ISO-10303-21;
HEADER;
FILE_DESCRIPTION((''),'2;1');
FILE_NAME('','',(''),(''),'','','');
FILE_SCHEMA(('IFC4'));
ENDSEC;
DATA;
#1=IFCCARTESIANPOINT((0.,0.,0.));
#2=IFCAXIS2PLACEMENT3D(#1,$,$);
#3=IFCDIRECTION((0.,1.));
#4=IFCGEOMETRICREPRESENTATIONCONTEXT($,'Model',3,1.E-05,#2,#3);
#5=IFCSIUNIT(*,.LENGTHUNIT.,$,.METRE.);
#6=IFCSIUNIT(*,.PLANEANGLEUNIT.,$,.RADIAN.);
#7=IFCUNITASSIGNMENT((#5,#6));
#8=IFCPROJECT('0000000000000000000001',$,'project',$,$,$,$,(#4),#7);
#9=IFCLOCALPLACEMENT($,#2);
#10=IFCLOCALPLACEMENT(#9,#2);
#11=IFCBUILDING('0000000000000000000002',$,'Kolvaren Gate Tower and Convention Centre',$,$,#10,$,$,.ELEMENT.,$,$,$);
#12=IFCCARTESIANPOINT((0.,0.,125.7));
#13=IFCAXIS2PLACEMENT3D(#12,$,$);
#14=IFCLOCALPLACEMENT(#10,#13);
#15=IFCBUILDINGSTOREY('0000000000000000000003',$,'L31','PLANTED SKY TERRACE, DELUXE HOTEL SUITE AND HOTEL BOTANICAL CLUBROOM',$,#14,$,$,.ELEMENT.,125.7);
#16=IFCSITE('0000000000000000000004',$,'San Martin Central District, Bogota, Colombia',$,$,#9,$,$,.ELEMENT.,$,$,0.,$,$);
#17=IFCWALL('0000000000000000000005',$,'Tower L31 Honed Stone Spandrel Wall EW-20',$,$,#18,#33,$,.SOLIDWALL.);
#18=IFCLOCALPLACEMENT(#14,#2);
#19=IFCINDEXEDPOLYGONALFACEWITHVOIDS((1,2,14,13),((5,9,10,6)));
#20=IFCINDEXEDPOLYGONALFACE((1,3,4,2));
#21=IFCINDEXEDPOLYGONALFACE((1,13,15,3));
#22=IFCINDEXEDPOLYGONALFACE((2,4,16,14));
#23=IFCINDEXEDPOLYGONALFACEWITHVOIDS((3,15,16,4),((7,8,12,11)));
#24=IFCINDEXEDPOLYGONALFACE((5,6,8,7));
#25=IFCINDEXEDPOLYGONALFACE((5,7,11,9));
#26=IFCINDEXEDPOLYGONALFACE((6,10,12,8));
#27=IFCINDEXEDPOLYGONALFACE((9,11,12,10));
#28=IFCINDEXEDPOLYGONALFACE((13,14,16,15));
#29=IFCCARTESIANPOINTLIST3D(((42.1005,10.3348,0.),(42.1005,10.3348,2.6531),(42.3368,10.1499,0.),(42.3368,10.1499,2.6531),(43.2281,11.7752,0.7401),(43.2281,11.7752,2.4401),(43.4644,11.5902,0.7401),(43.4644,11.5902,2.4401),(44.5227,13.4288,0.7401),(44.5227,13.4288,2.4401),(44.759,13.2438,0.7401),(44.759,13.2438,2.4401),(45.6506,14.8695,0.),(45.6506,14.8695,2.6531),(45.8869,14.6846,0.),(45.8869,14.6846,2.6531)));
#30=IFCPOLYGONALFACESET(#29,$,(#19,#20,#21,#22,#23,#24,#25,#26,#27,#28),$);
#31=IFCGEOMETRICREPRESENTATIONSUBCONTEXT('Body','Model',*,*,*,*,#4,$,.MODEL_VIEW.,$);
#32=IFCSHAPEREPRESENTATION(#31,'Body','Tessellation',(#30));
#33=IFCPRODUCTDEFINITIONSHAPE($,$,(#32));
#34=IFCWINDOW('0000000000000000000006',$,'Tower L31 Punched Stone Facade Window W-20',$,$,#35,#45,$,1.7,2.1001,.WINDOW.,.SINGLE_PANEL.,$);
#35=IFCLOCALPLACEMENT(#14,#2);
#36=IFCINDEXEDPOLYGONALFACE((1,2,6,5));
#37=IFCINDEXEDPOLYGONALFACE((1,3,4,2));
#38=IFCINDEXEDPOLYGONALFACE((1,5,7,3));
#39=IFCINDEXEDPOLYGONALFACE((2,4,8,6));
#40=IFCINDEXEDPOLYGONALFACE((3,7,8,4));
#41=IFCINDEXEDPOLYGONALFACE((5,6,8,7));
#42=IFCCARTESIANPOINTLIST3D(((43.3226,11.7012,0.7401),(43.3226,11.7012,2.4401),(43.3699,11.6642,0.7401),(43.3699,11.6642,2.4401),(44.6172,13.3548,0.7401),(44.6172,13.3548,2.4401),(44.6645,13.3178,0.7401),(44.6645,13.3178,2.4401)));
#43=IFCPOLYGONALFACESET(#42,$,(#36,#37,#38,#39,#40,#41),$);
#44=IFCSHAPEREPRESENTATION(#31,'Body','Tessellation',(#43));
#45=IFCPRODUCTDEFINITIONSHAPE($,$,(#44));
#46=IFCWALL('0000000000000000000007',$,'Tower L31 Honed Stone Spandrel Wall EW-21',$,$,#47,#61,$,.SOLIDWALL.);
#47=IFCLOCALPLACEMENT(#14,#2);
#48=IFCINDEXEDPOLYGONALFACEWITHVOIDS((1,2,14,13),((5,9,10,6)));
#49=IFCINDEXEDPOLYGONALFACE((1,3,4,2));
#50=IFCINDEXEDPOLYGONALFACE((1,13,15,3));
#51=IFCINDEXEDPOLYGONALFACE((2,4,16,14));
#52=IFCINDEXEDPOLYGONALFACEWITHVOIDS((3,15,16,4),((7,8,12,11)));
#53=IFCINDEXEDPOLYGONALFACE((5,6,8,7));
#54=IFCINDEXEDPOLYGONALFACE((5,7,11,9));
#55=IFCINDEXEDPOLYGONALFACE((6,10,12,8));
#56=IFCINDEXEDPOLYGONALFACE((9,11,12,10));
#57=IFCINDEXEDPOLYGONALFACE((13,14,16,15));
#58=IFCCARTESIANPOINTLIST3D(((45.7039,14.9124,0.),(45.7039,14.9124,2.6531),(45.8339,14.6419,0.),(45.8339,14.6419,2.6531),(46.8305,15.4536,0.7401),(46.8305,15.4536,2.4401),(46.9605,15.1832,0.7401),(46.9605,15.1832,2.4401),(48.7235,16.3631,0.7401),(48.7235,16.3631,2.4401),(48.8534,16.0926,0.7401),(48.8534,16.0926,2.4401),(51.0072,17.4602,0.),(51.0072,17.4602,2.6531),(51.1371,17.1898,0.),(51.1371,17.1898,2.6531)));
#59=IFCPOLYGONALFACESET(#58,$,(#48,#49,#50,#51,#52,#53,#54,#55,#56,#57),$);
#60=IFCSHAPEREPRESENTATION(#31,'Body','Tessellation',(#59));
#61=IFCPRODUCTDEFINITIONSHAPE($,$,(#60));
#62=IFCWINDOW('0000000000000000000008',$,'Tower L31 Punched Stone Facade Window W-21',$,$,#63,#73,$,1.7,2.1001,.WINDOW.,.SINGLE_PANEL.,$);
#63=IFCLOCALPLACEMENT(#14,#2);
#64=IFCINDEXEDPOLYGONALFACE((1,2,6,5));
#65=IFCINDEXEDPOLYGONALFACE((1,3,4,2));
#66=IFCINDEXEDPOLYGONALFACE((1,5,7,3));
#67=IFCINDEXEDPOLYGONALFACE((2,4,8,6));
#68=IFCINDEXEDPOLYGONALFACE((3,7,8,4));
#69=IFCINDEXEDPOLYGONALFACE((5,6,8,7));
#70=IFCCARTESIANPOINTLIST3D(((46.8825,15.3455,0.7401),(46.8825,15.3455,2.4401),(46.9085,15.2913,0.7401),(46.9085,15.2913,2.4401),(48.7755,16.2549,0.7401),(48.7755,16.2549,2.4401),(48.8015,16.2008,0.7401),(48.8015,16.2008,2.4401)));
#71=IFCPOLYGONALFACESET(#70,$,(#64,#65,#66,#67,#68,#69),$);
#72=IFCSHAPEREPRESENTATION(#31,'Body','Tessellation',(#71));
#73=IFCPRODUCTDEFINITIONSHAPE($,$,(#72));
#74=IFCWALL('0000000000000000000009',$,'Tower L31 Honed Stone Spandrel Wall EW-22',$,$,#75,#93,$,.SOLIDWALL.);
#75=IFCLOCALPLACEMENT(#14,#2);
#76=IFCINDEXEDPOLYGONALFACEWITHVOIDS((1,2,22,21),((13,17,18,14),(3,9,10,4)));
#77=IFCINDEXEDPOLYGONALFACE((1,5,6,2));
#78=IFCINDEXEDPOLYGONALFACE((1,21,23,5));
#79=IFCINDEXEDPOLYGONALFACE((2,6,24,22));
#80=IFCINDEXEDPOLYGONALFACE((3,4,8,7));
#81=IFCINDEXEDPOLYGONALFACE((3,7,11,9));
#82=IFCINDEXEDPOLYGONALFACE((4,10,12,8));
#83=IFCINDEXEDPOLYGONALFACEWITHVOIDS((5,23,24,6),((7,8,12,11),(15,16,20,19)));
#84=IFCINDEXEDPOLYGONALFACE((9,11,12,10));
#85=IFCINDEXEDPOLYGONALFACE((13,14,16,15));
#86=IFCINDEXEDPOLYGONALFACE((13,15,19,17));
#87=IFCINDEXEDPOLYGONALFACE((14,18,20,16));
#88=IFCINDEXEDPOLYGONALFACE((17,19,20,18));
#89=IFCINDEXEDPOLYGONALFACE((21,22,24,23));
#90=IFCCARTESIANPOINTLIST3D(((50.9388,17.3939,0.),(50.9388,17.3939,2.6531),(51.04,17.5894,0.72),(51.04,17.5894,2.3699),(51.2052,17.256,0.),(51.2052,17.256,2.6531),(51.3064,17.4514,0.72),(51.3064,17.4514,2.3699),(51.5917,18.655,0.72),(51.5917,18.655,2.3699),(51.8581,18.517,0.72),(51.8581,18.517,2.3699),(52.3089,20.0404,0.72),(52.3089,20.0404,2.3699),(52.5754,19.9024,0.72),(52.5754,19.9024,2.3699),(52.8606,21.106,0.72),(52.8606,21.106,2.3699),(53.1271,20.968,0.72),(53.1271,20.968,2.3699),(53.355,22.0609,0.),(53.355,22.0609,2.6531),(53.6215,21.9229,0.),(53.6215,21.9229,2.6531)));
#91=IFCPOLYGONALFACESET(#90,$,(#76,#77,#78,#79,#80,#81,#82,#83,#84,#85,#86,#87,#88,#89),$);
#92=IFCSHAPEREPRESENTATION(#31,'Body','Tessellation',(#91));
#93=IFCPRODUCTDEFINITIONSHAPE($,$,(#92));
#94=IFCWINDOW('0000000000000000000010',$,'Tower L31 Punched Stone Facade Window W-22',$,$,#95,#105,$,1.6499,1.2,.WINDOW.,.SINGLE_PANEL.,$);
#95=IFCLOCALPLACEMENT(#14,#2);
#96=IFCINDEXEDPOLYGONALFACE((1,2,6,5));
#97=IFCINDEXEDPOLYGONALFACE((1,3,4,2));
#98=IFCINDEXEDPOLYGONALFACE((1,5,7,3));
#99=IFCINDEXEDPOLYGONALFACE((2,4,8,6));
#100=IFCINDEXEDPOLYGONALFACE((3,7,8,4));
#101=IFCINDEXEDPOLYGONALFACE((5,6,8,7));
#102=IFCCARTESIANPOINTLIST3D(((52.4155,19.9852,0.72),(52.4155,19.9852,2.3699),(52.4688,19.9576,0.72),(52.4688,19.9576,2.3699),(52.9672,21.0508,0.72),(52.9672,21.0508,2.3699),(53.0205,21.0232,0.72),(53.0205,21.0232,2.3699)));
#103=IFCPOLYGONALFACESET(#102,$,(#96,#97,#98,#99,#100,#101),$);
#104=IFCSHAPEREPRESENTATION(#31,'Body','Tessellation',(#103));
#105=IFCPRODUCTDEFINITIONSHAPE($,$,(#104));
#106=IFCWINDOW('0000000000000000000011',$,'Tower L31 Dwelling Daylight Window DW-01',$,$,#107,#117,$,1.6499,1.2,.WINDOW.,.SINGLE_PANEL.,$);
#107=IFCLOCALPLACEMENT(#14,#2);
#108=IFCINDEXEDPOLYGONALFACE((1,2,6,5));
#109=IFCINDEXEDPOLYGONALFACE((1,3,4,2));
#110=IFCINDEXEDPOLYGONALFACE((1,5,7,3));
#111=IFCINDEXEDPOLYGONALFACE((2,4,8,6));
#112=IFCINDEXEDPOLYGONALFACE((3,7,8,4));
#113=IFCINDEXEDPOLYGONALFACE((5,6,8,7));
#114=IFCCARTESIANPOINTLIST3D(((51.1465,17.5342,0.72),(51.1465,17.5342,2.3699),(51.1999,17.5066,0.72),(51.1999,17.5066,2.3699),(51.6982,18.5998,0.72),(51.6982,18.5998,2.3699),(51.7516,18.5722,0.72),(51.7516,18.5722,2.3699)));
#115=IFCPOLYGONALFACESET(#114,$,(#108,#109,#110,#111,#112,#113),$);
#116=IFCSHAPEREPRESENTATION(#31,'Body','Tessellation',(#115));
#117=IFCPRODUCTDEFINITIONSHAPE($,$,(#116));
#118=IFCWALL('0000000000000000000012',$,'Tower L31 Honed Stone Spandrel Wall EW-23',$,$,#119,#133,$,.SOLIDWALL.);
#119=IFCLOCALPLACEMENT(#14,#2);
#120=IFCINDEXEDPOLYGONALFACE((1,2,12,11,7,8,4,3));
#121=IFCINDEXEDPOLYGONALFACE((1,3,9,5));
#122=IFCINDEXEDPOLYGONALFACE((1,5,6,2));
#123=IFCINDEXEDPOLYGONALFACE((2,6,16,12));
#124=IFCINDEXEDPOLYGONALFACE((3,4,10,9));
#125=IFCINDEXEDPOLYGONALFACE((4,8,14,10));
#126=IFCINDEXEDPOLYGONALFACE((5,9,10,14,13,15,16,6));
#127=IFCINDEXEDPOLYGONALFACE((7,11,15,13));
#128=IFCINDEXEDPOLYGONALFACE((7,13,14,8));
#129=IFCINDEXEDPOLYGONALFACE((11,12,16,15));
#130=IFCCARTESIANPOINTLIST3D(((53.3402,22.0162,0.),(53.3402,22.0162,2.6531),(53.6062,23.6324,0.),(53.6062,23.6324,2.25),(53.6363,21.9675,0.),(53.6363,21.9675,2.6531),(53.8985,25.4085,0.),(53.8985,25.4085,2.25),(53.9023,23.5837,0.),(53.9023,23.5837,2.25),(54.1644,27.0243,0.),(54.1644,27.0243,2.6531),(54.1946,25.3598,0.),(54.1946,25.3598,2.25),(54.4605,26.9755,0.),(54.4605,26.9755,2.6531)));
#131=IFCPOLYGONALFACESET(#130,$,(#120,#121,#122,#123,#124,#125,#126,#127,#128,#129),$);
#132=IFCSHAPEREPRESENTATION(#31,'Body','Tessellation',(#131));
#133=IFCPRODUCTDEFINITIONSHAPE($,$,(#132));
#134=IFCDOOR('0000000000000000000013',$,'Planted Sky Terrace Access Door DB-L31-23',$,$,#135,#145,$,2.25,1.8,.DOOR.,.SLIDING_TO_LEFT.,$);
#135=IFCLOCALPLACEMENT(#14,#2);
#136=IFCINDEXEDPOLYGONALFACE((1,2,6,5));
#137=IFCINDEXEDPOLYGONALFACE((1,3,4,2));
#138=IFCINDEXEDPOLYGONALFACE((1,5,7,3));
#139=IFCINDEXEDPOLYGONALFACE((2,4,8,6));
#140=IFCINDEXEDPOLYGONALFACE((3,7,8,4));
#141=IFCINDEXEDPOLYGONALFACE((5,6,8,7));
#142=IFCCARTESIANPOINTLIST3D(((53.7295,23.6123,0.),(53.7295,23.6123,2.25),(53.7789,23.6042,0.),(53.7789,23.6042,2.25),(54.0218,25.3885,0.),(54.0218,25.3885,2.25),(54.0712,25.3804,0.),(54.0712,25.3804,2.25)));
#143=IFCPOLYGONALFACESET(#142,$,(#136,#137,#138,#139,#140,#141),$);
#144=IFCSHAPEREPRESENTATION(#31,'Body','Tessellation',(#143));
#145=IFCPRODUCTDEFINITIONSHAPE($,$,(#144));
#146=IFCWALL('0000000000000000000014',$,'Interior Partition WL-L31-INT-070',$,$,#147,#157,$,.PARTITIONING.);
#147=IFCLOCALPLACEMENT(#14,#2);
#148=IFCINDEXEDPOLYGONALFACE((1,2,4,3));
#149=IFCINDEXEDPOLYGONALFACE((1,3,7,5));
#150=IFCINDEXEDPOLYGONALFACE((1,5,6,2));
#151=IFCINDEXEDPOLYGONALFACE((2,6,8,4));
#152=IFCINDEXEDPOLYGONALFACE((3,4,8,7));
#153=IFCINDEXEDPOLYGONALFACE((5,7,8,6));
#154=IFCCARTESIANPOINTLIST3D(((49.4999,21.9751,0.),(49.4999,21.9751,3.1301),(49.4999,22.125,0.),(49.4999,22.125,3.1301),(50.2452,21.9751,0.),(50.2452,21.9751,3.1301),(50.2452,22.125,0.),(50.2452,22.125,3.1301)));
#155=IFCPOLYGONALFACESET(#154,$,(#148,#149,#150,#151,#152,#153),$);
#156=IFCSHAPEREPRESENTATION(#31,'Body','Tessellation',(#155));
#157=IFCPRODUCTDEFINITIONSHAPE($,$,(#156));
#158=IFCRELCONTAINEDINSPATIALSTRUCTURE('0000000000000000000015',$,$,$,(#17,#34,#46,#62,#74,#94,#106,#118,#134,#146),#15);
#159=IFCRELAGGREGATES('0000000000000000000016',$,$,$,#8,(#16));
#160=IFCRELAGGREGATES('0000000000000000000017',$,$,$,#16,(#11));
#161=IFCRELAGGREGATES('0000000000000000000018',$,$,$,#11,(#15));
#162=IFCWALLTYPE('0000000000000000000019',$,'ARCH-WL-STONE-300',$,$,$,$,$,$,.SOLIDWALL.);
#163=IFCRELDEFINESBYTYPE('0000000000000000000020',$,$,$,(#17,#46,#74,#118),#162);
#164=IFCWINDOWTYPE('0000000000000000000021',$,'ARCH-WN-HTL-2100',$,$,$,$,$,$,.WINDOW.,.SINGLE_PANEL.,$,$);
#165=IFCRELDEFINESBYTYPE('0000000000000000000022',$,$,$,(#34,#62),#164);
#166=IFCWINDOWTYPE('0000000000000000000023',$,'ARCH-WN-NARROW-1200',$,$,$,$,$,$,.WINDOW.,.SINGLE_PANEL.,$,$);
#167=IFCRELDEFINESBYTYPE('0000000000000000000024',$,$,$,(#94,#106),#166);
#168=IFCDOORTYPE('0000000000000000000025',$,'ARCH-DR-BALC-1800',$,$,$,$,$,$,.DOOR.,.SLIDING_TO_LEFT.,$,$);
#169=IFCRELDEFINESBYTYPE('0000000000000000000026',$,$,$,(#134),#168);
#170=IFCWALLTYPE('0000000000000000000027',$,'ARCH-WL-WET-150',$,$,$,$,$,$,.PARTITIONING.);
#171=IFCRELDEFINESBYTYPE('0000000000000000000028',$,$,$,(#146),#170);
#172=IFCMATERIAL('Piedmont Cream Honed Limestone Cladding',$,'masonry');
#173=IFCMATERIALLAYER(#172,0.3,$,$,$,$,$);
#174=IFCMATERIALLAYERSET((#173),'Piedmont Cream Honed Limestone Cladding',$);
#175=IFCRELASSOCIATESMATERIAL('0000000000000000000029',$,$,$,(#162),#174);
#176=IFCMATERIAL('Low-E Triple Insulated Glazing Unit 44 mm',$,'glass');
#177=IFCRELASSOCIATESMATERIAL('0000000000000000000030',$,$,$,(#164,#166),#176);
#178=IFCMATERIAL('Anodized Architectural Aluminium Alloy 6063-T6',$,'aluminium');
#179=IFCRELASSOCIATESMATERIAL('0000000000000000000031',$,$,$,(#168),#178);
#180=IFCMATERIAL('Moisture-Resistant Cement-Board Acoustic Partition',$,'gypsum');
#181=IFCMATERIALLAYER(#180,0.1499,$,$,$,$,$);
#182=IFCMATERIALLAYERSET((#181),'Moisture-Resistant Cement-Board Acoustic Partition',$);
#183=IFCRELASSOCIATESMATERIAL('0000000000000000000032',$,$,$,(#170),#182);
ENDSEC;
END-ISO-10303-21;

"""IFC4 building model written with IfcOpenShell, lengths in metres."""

from ifc_helpers import new_model, si_unit, direction, frame, frame_2d, origin, place, context, subcontext, project, spatial, rectangle, extrude, material, layer, layer_set, type_object, element, fill, save


model = new_model("IFC4")

# Units and contexts
model_context = context("Model", 3, precision=1e-05, world=origin(), true_north=direction((0.0, 1.0)))
body_context = subcontext(model_context, "Body", "Model", "MODEL_VIEW")
ifc_project = project(units=[si_unit("LENGTHUNIT", "METRE"), si_unit("PLANEANGLEUNIT", "RADIAN")], contexts=[model_context])

# Site, building, storey
site_placement = place(None, origin())
site = spatial("IfcSite", under=ifc_project, at=site_placement, Name="San Martin Central District, Bogota, Colombia", CompositionType="ELEMENT", RefElevation=0.0)
building_placement = place(site_placement, origin())
building = spatial("IfcBuilding", under=site, at=building_placement, Name="Kolvaren Gate Tower and Convention Centre", CompositionType="ELEMENT")
storey_placement = place(building_placement, frame((0.0, 0.0, 125.7)))
storey = spatial("IfcBuildingStorey", under=building, at=storey_placement, Name="L31", Description="PLANTED SKY TERRACE, DELUXE HOTEL SUITE AND HOTEL BOTANICAL CLUBROOM", CompositionType="ELEMENT", Elevation=125.7)

# Shared definitions
ifc_material_1 = material(Name="Piedmont Cream Honed Limestone Cladding", Category="masonry")

# Walls, openings, windows
ifc_layer_1 = layer(ifc_material_1, 0.3)
ifc_layer_set_1 = layer_set([ifc_layer_1], Name="Piedmont Cream Honed Limestone Cladding")
wall_type_1 = type_object("IfcWallType", Name="ARCH-WL-STONE-300", PredefinedType="SOLIDWALL", material=ifc_layer_set_1)
wall_1_placement = place(storey_placement, frame((42.2188, 10.2424, 0.0), z_axis=(0.0, 0.0, 1.0), x_axis=(0.616435, 0.787406, 0.0)))
wall_1 = element("IfcWall", 1, at=wall_1_placement, inside=storey, type_object=wall_type_1, Name="Tower L31 Honed Stone Spandrel Wall EW-20", PredefinedType="SOLIDWALL", context=body_context, shape_type="SweptSolid", body=[
    extrude(rectangle(XDim=5.759, YDim=0.3, at=frame_2d((2.8794, 0.0))), origin(), (0.0, 0.0, 1.0), 2.6531),
])
opening_1_placement = place(wall_1_placement, frame((1.8291, 0.0, 0.74)))
opening_1 = element("IfcOpeningElement", 2, at=opening_1_placement, cuts=wall_1, PredefinedType="OPENING", context=body_context, shape_type="SweptSolid", body=[
    extrude(rectangle(XDim=2.1001, YDim=1.7, at=frame_2d((1.05, 0.8501))), frame((0.0, 0.1599, 0.0), z_axis=(0.0, -1.0, 0.0), x_axis=(1.0, 0.0, 0.0)), (0.0, 0.0, 1.0), 0.3201),
])
ifc_material_2 = material(Name="Low-E Triple Insulated Glazing Unit 44 mm", Category="glass")
window_type_1 = type_object("IfcWindowType", Name="ARCH-WN-HTL-2100", PartitioningType="SINGLE_PANEL", PredefinedType="WINDOW", material=ifc_material_2)
window_1_placement = place(opening_1_placement, origin())
window_1 = element("IfcWindow", 3, at=window_1_placement, inside=storey, type_object=window_type_1, Name="Tower L31 Punched Stone Facade Window W-20", OverallHeight=1.7, OverallWidth=2.1001, PartitioningType="SINGLE_PANEL", PredefinedType="WINDOW", context=body_context, shape_type="SweptSolid", body=[
    extrude(rectangle(XDim=2.1001, YDim=1.7, at=frame_2d((1.05, 0.8501))), frame((0.0, 0.03, 0.0), z_axis=(0.0, -1.0, 0.0), x_axis=(1.0, 0.0, 0.0)), (0.0, 0.0, 1.0), 0.0601),
])
fill(opening_1, window_1)
wall_2_placement = place(storey_placement, frame((45.7688, 14.7771, 0.0), z_axis=(0.0, 0.0, 1.0), x_axis=(0.90137, 0.433049, 0.0)))
wall_2 = element("IfcWall", 4, at=wall_2_placement, inside=storey, type_object=wall_type_1, Name="Tower L31 Honed Stone Spandrel Wall EW-21", PredefinedType="SOLIDWALL", context=body_context, shape_type="SweptSolid", body=[
    extrude(rectangle(XDim=5.8835, YDim=0.3, at=frame_2d((2.9419, 0.0))), origin(), (0.0, 0.0, 1.0), 2.6531),
])
opening_2_placement = place(wall_2_placement, frame((1.25, 0.0, 0.74)))
opening_2 = element("IfcOpeningElement", 5, at=opening_2_placement, cuts=wall_2, PredefinedType="OPENING", context=body_context, shape_type="SweptSolid", body=[
    extrude(rectangle(XDim=2.1001, YDim=1.7, at=frame_2d((1.05, 0.8501))), frame((0.0, 0.1599, 0.0), z_axis=(0.0, -1.0, 0.0), x_axis=(1.0, 0.0, 0.0)), (0.0, 0.0, 1.0), 0.3201),
])
window_2_placement = place(opening_2_placement, origin())
window_2 = element("IfcWindow", 6, at=window_2_placement, inside=storey, type_object=window_type_1, Name="Tower L31 Punched Stone Facade Window W-21", OverallHeight=1.7, OverallWidth=2.1001, PartitioningType="SINGLE_PANEL", PredefinedType="WINDOW", context=body_context, shape_type="SweptSolid", body=[
    extrude(rectangle(XDim=2.1001, YDim=1.7, at=frame_2d((1.05, 0.8501))), frame((0.0, 0.03, 0.0), z_axis=(0.0, -1.0, 0.0), x_axis=(1.0, 0.0, 0.0)), (0.0, 0.0, 1.0), 0.0601),
])
fill(opening_2, window_2)

# Wall, openings, windows
wall_3_placement = place(storey_placement, frame((51.072, 17.325, 0.0), z_axis=(0.0, 0.0, 1.0), x_axis=(0.459768, 0.888039, 0.0)))
wall_3 = element("IfcWall", 7, at=wall_3_placement, inside=storey, type_object=wall_type_1, Name="Tower L31 Honed Stone Spandrel Wall EW-22", PredefinedType="SOLIDWALL", context=body_context, shape_type="SweptSolid", body=[
    extrude(rectangle(XDim=5.2554, YDim=0.3, at=frame_2d((2.6277, 0.0))), origin(), (0.0, 0.0, 1.0), 2.6531),
])
opening_3_placement = place(wall_3_placement, frame((2.98, 0.0, 0.72)))
opening_3 = element("IfcOpeningElement", 8, at=opening_3_placement, cuts=wall_3, PredefinedType="OPENING", context=body_context, shape_type="SweptSolid", body=[
    extrude(rectangle(XDim=1.2, YDim=1.6499, at=frame_2d((0.6001, 0.825))), frame((0.0, 0.1599, 0.0), z_axis=(0.0, -1.0, 0.0), x_axis=(1.0, 0.0, 0.0)), (0.0, 0.0, 1.0), 0.3201),
])
opening_4_placement = place(wall_3_placement, frame((0.22, 0.0, 0.72)))
opening_4 = element("IfcOpeningElement", 9, at=opening_4_placement, cuts=wall_3, PredefinedType="OPENING", context=body_context, shape_type="SweptSolid", body=[
    extrude(rectangle(XDim=1.2, YDim=1.6499, at=frame_2d((0.6001, 0.825))), frame((0.0, 0.1599, 0.0), z_axis=(0.0, -1.0, 0.0), x_axis=(1.0, 0.0, 0.0)), (0.0, 0.0, 1.0), 0.3201),
])
window_type_2 = type_object("IfcWindowType", Name="ARCH-WN-NARROW-1200", PartitioningType="SINGLE_PANEL", PredefinedType="WINDOW", material=ifc_material_2)
window_3_placement = place(opening_3_placement, origin())
window_3 = element("IfcWindow", 10, at=window_3_placement, inside=storey, type_object=window_type_2, Name="Tower L31 Punched Stone Facade Window W-22", OverallHeight=1.6499, OverallWidth=1.2, PartitioningType="SINGLE_PANEL", PredefinedType="WINDOW", context=body_context, shape_type="SweptSolid", body=[
    extrude(rectangle(XDim=1.2, YDim=1.6499, at=frame_2d((0.6001, 0.825))), frame((0.0, 0.03, 0.0), z_axis=(0.0, -1.0, 0.0), x_axis=(1.0, 0.0, 0.0)), (0.0, 0.0, 1.0), 0.0601),
])
fill(opening_3, window_3)
window_4_placement = place(opening_4_placement, origin())
window_4 = element("IfcWindow", 11, at=window_4_placement, inside=storey, type_object=window_type_2, Name="Tower L31 Dwelling Daylight Window DW-01", OverallHeight=1.6499, OverallWidth=1.2, PartitioningType="SINGLE_PANEL", PredefinedType="WINDOW", context=body_context, shape_type="SweptSolid", body=[
    extrude(rectangle(XDim=1.2, YDim=1.6499, at=frame_2d((0.6001, 0.825))), frame((0.0, 0.03, 0.0), z_axis=(0.0, -1.0, 0.0), x_axis=(1.0, 0.0, 0.0)), (0.0, 0.0, 1.0), 0.0601),
])
fill(opening_4, window_4)

# Wall, opening, door
wall_4_placement = place(storey_placement, frame((53.4883, 21.9919, 0.0), z_axis=(0.0, 0.0, 1.0), x_axis=(0.162394, 0.986726, 0.0)))
wall_4 = element("IfcWall", 12, at=wall_4_placement, inside=storey, type_object=wall_type_1, Name="Tower L31 Honed Stone Spandrel Wall EW-23", PredefinedType="SOLIDWALL", context=body_context, shape_type="SweptSolid", body=[
    extrude(rectangle(XDim=5.0754, YDim=0.3, at=frame_2d((2.5376, 0.0))), origin(), (0.0, 0.0, 1.0), 2.6531),
])
opening_5_placement = place(wall_4_placement, frame((1.6379, 0.0, 0.0)))
opening_5 = element("IfcOpeningElement", 13, at=opening_5_placement, cuts=wall_4, PredefinedType="OPENING", context=body_context, shape_type="SweptSolid", body=[
    extrude(rectangle(XDim=1.8, YDim=2.25, at=frame_2d((0.8999, 1.125))), frame((0.0, 0.1599, 0.0), z_axis=(0.0, -1.0, 0.0), x_axis=(1.0, 0.0, 0.0)), (0.0, 0.0, 1.0), 0.3201),
])
ifc_material_3 = material(Name="Anodized Architectural Aluminium Alloy 6063-T6", Category="aluminium")
door_type_1 = type_object("IfcDoorType", Name="ARCH-DR-BALC-1800", OperationType="SLIDING_TO_LEFT", PredefinedType="DOOR", material=ifc_material_3)
door_1_placement = place(opening_5_placement, frame((1.8, 0.0, 0.0), z_axis=(0.0, 0.0, 1.0), x_axis=(-1.0, 0.0, 0.0)))
door_1 = element("IfcDoor", 14, at=door_1_placement, inside=storey, type_object=door_type_1, Name="Planted Sky Terrace Access Door DB-L31-23", OperationType="SLIDING_TO_LEFT", OverallHeight=2.25, OverallWidth=1.8, PredefinedType="DOOR", context=body_context, shape_type="SweptSolid", body=[
    extrude(rectangle(XDim=1.8, YDim=2.25, at=frame_2d((0.8999, 1.125))), frame((0.0, 0.0249, 0.0), z_axis=(0.0, -1.0, 0.0), x_axis=(1.0, 0.0, 0.0)), (0.0, 0.0, 1.0), 0.05),
])
fill(opening_5, door_1)

# Wall
ifc_material_4 = material(Name="Moisture-Resistant Cement-Board Acoustic Partition", Category="gypsum")
ifc_layer_2 = layer(ifc_material_4, 0.1499)
ifc_layer_set_2 = layer_set([ifc_layer_2], Name="Moisture-Resistant Cement-Board Acoustic Partition")
wall_type_2 = type_object("IfcWallType", Name="ARCH-WL-WET-150", PredefinedType="PARTITIONING", material=ifc_layer_set_2)
wall_5_placement = place(storey_placement, frame((49.5, 22.05, 0.0), z_axis=(0.0, 0.0, 1.0), x_axis=(1.0, 0.0, 0.0)))
element("IfcWall", 15, at=wall_5_placement, inside=storey, type_object=wall_type_2, Name="Interior Partition WL-L31-INT-070", PredefinedType="PARTITIONING", context=body_context, shape_type="SweptSolid", body=[
    extrude(rectangle(XDim=0.7454, YDim=0.1499, at=frame_2d((0.3726, 0.0))), origin(), (0.0, 0.0, 1.0), 3.1301),
])

save(model, "model.ifc")
